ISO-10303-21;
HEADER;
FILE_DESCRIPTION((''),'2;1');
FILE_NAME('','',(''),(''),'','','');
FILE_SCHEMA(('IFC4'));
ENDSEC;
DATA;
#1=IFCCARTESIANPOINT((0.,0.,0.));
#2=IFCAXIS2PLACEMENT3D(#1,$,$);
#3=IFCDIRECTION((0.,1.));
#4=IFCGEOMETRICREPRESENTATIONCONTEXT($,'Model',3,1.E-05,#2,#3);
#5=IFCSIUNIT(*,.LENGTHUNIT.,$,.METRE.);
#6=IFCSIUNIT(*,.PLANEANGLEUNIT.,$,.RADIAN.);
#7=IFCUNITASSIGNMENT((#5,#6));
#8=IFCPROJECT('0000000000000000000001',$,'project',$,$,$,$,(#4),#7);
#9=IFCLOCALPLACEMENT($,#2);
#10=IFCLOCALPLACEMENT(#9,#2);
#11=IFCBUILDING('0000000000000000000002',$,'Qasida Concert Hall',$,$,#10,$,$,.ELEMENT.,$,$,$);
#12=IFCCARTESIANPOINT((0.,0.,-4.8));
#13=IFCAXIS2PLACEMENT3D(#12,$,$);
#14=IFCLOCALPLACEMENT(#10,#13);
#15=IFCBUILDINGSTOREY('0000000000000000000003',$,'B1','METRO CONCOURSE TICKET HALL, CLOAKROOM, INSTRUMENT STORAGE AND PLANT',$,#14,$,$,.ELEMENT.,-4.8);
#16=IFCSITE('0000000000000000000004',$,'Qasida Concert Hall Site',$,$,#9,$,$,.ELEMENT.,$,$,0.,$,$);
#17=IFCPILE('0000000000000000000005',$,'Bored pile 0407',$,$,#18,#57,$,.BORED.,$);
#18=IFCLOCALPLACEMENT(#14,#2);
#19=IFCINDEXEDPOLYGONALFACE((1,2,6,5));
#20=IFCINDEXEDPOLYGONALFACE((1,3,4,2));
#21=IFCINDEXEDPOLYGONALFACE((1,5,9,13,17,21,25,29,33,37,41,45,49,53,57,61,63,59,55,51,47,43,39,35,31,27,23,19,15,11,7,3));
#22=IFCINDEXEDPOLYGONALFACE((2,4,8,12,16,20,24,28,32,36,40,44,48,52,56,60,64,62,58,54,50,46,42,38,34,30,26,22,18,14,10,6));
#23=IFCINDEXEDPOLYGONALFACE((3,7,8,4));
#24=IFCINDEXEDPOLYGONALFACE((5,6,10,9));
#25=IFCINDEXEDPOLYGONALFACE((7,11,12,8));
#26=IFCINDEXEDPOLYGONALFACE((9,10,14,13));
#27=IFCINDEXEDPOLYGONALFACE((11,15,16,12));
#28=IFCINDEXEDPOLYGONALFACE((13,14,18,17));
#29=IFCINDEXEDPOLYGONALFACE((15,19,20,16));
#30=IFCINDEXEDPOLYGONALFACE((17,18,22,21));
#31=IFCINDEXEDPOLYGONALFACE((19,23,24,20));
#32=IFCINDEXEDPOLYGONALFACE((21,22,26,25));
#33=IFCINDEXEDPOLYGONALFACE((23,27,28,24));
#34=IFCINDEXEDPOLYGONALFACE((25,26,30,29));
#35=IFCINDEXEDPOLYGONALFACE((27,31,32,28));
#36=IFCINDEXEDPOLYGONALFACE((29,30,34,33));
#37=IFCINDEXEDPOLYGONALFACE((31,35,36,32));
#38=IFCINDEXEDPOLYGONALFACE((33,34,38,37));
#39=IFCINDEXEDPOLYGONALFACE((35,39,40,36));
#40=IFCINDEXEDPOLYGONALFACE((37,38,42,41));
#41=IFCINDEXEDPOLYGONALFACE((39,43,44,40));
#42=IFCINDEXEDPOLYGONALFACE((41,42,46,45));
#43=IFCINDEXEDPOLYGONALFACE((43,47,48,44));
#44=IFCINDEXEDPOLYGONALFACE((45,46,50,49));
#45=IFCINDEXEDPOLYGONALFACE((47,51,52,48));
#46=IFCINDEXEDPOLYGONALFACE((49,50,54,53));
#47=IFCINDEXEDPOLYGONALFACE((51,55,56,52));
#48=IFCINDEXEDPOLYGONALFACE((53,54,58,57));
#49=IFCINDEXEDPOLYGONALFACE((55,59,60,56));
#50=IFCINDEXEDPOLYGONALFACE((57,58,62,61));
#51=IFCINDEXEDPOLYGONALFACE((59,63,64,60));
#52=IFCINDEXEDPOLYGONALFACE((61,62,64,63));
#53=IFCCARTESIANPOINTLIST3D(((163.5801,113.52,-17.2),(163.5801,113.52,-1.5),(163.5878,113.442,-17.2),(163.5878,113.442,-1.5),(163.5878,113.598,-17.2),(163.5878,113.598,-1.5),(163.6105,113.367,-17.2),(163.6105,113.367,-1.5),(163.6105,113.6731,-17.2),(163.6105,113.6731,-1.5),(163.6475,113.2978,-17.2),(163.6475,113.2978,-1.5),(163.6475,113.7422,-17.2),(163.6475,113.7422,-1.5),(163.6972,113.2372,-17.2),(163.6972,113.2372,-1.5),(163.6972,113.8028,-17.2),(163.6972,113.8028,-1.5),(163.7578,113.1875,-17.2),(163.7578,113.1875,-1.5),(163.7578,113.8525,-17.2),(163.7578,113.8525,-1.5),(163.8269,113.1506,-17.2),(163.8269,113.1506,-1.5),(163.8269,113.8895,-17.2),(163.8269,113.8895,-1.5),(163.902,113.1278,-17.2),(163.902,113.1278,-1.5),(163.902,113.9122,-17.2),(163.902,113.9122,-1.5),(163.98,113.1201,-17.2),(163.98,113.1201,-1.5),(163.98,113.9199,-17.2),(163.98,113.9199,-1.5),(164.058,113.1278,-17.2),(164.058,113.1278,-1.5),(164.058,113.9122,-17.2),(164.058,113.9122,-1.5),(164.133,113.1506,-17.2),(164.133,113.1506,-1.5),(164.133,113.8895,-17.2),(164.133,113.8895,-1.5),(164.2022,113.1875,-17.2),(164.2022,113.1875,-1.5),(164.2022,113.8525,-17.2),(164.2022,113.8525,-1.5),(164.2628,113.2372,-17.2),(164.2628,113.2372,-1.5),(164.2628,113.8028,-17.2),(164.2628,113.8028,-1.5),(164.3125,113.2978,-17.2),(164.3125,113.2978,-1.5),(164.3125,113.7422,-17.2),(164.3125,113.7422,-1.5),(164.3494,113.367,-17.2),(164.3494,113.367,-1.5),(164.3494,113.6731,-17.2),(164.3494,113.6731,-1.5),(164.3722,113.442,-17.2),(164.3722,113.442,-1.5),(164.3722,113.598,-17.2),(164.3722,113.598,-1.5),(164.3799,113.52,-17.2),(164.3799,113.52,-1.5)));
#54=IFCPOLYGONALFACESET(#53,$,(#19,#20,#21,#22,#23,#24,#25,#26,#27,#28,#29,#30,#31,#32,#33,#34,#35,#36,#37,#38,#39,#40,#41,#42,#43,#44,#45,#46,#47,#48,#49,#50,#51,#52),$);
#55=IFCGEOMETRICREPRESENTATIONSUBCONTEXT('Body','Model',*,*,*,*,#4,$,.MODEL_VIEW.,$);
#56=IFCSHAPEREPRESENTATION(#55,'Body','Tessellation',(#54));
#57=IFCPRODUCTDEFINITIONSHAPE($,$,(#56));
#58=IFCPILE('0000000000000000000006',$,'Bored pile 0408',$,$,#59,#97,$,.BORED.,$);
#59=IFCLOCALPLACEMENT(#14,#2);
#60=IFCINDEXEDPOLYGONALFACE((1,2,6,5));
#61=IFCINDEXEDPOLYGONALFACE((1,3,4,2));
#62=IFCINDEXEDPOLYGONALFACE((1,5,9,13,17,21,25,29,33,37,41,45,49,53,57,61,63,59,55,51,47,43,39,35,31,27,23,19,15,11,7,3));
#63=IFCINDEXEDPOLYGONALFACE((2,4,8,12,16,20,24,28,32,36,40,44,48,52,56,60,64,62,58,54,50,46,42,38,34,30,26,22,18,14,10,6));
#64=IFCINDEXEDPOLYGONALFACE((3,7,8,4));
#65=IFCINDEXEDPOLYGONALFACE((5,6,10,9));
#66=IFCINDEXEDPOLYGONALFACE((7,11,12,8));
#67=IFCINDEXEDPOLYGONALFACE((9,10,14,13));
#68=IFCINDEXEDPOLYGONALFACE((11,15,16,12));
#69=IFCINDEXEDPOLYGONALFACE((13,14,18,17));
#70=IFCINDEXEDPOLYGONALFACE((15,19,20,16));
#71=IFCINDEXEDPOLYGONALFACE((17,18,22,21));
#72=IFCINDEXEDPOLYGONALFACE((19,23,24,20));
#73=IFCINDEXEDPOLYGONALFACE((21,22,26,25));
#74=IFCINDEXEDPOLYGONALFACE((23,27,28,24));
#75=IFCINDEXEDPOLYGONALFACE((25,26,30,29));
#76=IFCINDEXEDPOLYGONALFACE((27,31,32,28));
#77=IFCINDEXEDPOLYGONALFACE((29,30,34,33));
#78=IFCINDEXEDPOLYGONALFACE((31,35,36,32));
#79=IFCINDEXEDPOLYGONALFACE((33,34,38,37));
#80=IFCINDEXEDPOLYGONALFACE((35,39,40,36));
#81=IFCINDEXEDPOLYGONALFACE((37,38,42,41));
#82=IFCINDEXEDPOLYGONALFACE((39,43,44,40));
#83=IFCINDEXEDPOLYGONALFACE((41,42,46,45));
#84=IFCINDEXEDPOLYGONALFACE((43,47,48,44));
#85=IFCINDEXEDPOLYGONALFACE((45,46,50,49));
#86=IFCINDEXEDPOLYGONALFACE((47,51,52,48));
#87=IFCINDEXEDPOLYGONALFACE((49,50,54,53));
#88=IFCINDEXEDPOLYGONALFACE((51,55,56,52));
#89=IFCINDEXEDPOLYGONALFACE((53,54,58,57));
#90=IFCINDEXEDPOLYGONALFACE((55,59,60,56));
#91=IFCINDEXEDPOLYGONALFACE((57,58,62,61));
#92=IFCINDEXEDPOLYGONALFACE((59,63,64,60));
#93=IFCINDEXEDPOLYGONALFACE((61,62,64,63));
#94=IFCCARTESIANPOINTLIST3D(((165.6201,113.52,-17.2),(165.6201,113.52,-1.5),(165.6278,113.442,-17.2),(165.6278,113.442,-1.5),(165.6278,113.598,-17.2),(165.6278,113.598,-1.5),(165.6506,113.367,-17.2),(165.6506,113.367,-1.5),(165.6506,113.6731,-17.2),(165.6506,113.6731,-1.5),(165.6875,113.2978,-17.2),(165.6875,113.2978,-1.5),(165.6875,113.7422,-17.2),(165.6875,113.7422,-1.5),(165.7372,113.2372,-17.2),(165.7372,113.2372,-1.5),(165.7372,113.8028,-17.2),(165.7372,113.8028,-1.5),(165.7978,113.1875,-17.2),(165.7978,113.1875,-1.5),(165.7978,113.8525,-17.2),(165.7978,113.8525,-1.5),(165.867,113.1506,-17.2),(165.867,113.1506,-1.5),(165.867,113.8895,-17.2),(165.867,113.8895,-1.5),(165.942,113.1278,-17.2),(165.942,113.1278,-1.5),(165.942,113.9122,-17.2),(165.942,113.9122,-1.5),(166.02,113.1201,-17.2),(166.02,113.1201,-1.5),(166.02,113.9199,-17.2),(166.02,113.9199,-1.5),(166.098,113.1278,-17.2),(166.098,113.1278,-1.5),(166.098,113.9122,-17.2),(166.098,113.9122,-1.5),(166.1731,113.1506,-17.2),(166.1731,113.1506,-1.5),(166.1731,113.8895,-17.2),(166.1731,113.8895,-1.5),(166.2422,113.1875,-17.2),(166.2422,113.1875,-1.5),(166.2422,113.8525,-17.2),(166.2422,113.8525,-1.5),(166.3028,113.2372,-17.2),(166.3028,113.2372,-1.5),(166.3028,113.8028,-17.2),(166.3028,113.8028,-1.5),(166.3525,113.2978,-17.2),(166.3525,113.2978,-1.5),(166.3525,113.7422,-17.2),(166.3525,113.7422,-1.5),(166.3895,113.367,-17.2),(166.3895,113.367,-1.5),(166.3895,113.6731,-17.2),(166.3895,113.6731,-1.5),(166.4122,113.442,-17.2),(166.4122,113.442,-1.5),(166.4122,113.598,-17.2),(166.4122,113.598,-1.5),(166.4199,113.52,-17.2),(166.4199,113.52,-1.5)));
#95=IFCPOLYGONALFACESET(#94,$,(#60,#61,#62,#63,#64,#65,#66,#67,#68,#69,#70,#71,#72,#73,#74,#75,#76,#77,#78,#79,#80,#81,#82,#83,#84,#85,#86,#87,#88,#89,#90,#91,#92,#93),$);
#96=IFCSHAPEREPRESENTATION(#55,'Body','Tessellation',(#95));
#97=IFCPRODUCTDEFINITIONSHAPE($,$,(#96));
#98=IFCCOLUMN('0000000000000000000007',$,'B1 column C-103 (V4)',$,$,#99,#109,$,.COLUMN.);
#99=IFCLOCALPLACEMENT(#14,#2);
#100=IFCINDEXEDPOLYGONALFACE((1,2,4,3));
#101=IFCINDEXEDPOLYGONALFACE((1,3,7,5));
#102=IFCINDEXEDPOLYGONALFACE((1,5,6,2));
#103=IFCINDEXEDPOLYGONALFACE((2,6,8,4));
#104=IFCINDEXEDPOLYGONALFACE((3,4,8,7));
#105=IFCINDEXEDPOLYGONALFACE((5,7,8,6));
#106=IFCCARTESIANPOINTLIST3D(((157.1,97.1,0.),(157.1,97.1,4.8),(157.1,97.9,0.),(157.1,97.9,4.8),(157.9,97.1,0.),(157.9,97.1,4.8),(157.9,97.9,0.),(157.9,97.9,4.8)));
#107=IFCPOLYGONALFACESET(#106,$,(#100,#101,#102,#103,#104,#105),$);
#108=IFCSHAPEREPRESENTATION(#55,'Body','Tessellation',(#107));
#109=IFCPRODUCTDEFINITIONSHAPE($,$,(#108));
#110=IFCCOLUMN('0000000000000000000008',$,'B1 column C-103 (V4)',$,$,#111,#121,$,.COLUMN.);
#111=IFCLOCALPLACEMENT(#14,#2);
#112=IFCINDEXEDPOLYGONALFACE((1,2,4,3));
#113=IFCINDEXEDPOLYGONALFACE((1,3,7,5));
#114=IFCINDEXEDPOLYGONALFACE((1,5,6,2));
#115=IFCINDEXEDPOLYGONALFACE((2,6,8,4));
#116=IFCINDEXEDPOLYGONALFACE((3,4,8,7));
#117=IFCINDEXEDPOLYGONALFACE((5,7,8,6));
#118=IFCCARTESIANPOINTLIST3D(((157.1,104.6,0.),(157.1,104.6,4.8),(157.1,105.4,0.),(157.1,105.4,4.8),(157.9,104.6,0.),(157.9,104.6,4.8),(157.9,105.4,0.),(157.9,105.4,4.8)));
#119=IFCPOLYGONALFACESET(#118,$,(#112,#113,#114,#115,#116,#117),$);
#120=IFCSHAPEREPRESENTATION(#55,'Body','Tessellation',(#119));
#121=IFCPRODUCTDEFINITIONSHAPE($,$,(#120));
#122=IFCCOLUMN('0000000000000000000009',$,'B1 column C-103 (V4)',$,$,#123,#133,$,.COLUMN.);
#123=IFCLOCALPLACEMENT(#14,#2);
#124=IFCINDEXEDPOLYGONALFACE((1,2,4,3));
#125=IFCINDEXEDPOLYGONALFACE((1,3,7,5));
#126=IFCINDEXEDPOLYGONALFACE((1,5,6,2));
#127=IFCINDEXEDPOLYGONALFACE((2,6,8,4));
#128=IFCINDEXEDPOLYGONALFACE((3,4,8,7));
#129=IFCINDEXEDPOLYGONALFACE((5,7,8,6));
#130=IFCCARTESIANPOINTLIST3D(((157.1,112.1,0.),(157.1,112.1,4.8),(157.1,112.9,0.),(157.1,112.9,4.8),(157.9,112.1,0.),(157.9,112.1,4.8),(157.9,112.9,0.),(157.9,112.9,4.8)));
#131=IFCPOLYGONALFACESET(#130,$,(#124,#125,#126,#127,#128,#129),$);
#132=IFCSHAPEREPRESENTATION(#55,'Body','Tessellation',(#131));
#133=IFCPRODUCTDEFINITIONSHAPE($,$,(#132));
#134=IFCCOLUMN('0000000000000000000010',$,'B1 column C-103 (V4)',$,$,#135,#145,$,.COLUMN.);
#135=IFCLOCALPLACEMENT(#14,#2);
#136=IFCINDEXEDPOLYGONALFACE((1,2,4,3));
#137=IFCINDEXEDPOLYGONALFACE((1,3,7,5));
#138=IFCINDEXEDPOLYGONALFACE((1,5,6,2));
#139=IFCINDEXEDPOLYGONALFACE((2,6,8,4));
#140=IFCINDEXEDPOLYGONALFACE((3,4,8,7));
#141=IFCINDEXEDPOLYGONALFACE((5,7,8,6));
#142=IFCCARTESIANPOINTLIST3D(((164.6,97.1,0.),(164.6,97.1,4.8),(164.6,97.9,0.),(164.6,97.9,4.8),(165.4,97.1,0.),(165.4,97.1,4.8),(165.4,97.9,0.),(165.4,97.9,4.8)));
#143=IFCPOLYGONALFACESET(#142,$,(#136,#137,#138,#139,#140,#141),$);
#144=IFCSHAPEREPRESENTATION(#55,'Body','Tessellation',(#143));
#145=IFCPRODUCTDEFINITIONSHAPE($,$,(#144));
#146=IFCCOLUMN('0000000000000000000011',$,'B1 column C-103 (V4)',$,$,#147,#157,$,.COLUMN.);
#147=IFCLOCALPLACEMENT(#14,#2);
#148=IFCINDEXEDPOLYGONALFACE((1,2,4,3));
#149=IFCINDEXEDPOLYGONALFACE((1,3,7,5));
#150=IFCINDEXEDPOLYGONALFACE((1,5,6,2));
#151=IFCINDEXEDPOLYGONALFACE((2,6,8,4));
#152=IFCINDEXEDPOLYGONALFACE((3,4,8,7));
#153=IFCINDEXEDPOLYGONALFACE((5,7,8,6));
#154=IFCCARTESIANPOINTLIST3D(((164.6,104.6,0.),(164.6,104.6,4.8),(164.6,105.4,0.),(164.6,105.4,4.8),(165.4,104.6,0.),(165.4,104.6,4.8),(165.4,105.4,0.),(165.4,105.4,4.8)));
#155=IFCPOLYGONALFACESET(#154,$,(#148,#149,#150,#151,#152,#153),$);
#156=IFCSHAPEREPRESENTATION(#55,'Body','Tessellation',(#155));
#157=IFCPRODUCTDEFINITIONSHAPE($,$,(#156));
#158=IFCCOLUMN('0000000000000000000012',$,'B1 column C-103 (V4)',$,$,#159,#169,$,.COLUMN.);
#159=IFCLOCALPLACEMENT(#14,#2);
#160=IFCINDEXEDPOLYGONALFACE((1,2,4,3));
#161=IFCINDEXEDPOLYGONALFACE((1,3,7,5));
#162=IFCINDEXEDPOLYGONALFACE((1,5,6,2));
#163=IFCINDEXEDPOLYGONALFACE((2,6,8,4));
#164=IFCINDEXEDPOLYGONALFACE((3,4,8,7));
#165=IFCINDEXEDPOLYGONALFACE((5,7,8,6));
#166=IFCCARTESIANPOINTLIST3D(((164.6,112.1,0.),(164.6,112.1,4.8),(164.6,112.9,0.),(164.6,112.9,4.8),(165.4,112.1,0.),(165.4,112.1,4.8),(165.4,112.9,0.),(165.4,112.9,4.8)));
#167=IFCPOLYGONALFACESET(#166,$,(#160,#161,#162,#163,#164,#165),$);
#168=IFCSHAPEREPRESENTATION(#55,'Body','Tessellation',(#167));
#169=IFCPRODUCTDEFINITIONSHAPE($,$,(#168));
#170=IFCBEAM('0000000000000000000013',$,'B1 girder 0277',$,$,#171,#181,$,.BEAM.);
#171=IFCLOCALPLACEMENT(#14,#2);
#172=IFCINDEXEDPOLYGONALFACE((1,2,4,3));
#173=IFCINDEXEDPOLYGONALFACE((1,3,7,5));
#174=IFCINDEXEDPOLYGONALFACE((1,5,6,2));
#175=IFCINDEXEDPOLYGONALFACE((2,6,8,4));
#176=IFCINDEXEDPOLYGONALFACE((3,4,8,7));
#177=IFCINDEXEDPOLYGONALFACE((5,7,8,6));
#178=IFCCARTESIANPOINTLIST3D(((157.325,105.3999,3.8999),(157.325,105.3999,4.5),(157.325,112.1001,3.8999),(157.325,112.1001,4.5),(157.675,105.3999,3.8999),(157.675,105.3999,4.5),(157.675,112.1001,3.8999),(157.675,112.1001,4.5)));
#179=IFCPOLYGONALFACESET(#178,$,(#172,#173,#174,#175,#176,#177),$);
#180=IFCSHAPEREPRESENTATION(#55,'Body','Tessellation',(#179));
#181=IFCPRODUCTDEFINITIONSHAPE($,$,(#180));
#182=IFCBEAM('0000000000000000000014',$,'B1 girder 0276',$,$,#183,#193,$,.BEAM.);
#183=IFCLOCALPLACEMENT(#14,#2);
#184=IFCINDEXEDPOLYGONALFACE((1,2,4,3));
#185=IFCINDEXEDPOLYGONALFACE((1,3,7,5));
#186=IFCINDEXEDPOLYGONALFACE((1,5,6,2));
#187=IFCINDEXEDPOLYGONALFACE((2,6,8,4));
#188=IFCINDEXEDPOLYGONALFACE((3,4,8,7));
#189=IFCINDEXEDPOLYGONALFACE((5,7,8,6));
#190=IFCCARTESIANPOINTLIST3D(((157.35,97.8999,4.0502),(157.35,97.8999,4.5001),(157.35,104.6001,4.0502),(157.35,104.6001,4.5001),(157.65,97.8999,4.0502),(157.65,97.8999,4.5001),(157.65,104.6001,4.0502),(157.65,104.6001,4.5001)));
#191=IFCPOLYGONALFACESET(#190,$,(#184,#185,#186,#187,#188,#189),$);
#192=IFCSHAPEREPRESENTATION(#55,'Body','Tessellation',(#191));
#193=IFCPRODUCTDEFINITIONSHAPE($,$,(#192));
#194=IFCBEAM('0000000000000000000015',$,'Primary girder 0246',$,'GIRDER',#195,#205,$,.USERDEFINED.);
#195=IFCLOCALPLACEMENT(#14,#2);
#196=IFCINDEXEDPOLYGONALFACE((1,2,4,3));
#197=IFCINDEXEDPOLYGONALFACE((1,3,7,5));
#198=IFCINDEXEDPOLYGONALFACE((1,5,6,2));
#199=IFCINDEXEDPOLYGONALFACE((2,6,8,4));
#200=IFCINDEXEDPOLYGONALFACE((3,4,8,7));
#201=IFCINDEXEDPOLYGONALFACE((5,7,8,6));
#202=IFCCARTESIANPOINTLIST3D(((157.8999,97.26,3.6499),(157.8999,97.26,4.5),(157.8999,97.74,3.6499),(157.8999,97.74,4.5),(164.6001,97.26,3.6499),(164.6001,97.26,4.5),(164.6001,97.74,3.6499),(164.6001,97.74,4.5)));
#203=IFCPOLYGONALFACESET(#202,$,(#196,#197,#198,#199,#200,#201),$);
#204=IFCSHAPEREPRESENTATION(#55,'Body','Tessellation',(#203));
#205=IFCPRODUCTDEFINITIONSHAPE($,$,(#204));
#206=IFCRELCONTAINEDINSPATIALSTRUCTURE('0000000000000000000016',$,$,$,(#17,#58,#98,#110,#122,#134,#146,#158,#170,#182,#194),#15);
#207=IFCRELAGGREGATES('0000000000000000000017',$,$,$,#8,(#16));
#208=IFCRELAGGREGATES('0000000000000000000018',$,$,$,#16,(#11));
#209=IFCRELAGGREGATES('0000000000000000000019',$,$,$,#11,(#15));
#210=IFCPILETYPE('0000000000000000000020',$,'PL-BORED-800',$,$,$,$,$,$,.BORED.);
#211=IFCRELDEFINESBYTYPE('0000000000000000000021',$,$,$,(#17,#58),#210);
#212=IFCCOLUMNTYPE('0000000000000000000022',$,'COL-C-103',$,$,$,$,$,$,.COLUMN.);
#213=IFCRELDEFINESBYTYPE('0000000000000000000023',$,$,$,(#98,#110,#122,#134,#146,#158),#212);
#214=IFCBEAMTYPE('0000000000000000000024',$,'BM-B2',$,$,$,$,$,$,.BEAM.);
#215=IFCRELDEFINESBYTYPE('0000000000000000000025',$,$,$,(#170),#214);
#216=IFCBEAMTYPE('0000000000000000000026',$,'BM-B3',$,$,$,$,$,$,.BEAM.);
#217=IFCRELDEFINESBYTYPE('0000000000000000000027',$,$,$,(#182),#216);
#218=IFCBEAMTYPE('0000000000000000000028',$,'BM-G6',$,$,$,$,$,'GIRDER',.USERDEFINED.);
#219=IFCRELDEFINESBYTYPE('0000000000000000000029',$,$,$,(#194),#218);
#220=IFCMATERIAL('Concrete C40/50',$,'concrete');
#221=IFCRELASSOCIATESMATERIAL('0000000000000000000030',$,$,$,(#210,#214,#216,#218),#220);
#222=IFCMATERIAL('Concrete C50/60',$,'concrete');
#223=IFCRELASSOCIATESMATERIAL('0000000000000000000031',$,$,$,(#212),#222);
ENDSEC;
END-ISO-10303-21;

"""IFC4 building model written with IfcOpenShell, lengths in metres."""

from ifc_helpers import new_model, si_unit, direction, frame, origin, origin_2d, place, context, subcontext, project, spatial, rectangle, circle, extrude, material, material_profile, profile_set, type_object, element, save


model = new_model("IFC4")

# Units and contexts
model_context = context("Model", 3, precision=1e-05, world=origin(), true_north=direction((0.0, 1.0)))
body_context = subcontext(model_context, "Body", "Model", "MODEL_VIEW")
ifc_project = project(units=[si_unit("LENGTHUNIT", "METRE"), si_unit("PLANEANGLEUNIT", "RADIAN")], contexts=[model_context])

# Site, building, storey
site_placement = place(None, origin())
site = spatial("IfcSite", under=ifc_project, at=site_placement, Name="Qasida Concert Hall Site", CompositionType="ELEMENT", RefElevation=0.0)
building_placement = place(site_placement, origin())
building = spatial("IfcBuilding", under=site, at=building_placement, Name="Qasida Concert Hall", CompositionType="ELEMENT")
storey_placement = place(building_placement, frame((0.0, 0.0, -4.8)))
storey = spatial("IfcBuildingStorey", under=building, at=storey_placement, Name="B1", Description="METRO CONCOURSE TICKET HALL, CLOAKROOM, INSTRUMENT STORAGE AND PLANT", CompositionType="ELEMENT", Elevation=-4.8)

# Shared definitions
ifc_material_1 = material(Name="Concrete C40/50", Category="concrete")

# Piles
ifc_material_profile_1 = material_profile(ifc_material_1, circle(Radius=0.3999, at=origin_2d()), Name="BORED PILE D800")
ifc_profile_set_1 = profile_set([ifc_material_profile_1], Name="Concrete C40/50")
pile_type = type_object("IfcPileType", Name="PL-BORED-800", PredefinedType="BORED", material=ifc_profile_set_1)
for number, where, z_axis, x_axis, name in (
    (1, (163.98, 113.52, -1.5), (0.0, 0.0, -1.0), (1.0, 0.0, 0.0), "Bored pile 0407"),
    (2, (166.02, 113.52, -1.5), (0.0, 0.0, -1.0), (1.0, 0.0, 0.0), "Bored pile 0408"),
):
    element("IfcPile", number, at=place(storey_placement, frame(where, z_axis=z_axis, x_axis=x_axis)), inside=storey, type_object=pile_type, Name=name, PredefinedType="BORED", context=body_context, shape_type="SweptSolid", body=[
        extrude(circle(Radius=0.3999, at=origin_2d()), origin(), (0.0, 0.0, 1.0), 15.7),
    ])

# Columns
ifc_material_2 = material(Name="Concrete C50/60", Category="concrete")
ifc_material_profile_2 = material_profile(ifc_material_2, rectangle(XDim=0.8, YDim=0.8, at=origin_2d()), Name="RC 800x800")
ifc_profile_set_2 = profile_set([ifc_material_profile_2], Name="Concrete C50/60")
column_type = type_object("IfcColumnType", Name="COL-C-103", PredefinedType="COLUMN", material=ifc_profile_set_2)
for number, where, z_axis, x_axis, name in (
    (3, (157.5, 97.5, 0.0), (0.0, 0.0, 1.0), (1.0, 0.0, 0.0), "B1 column C-103 (V4)"),
    (4, (157.5, 105.0, 0.0), (0.0, 0.0, 1.0), (1.0, 0.0, 0.0), "B1 column C-103 (V4)"),
    (5, (157.5, 112.5, 0.0), (0.0, 0.0, 1.0), (1.0, 0.0, 0.0), "B1 column C-103 (V4)"),
    (6, (165.0, 97.5, 0.0), (0.0, 0.0, 1.0), (1.0, 0.0, 0.0), "B1 column C-103 (V4)"),
    (7, (165.0, 105.0, 0.0), (0.0, 0.0, 1.0), (1.0, 0.0, 0.0), "B1 column C-103 (V4)"),
    (8, (165.0, 112.5, 0.0), (0.0, 0.0, 1.0), (1.0, 0.0, 0.0), "B1 column C-103 (V4)"),
):
    element("IfcColumn", number, at=place(storey_placement, frame(where, z_axis=z_axis, x_axis=x_axis)), inside=storey, type_object=column_type, Name=name, PredefinedType="COLUMN", context=body_context, shape_type="SweptSolid", body=[
        extrude(rectangle(XDim=0.8, YDim=0.8, at=origin_2d()), origin(), (0.0, 0.0, 1.0), 4.8),
    ])

# Beams
ifc_material_profile_3 = material_profile(ifc_material_1, rectangle(XDim=0.3501, YDim=0.6001, at=origin_2d()), Name="RC 350x600")
ifc_profile_set_3 = profile_set([ifc_material_profile_3], Name="Concrete C40/50")
beam_type_1 = type_object("IfcBeamType", Name="BM-B2", PredefinedType="BEAM", material=ifc_profile_set_3)
beam_1_placement = place(storey_placement, frame((157.5, 105.3999, 4.2), z_axis=(0.0, 1.0, 0.0), x_axis=(-1.0, 0.0, 0.0)))
element("IfcBeam", 9, at=beam_1_placement, inside=storey, type_object=beam_type_1, Name="B1 girder 0277", PredefinedType="BEAM", context=body_context, shape_type="SweptSolid", body=[
    extrude(rectangle(XDim=0.3501, YDim=0.6001, at=origin_2d()), origin(), (0.0, 0.0, 1.0), 6.7002),
])
ifc_material_profile_4 = material_profile(ifc_material_1, rectangle(XDim=0.3, YDim=0.45, at=origin_2d()), Name="RC 300x450")
ifc_profile_set_4 = profile_set([ifc_material_profile_4], Name="Concrete C40/50")
beam_type_2 = type_object("IfcBeamType", Name="BM-B3", PredefinedType="BEAM", material=ifc_profile_set_4)
beam_2_placement = place(storey_placement, frame((157.5, 97.8999, 4.2751), z_axis=(0.0, 1.0, 0.0), x_axis=(-1.0, 0.0, 0.0)))
element("IfcBeam", 10, at=beam_2_placement, inside=storey, type_object=beam_type_2, Name="B1 girder 0276", PredefinedType="BEAM", context=body_context, shape_type="SweptSolid", body=[
    extrude(rectangle(XDim=0.3, YDim=0.45, at=origin_2d()), origin(), (0.0, 0.0, 1.0), 6.7002),
])
ifc_material_profile_5 = material_profile(ifc_material_1, rectangle(XDim=0.48, YDim=0.8501, at=origin_2d()), Name="RC 480x850")
ifc_profile_set_5 = profile_set([ifc_material_profile_5], Name="Concrete C40/50")
beam_type_3 = type_object("IfcBeamType", Name="BM-G6", ElementType="GIRDER", PredefinedType="USERDEFINED", material=ifc_profile_set_5)
beam_3_placement = place(storey_placement, frame((157.8999, 97.5, 4.075), z_axis=(1.0, 0.0, 0.0), x_axis=(0.0, 1.0, 0.0)))
element("IfcBeam", 11, at=beam_3_placement, inside=storey, type_object=beam_type_3, Name="Primary girder 0246", ObjectType="GIRDER", PredefinedType="USERDEFINED", context=body_context, shape_type="SweptSolid", body=[
    extrude(rectangle(XDim=0.48, YDim=0.8501, at=origin_2d()), origin(), (0.0, 0.0, 1.0), 6.7002),
])

save(model, "model.ifc")
